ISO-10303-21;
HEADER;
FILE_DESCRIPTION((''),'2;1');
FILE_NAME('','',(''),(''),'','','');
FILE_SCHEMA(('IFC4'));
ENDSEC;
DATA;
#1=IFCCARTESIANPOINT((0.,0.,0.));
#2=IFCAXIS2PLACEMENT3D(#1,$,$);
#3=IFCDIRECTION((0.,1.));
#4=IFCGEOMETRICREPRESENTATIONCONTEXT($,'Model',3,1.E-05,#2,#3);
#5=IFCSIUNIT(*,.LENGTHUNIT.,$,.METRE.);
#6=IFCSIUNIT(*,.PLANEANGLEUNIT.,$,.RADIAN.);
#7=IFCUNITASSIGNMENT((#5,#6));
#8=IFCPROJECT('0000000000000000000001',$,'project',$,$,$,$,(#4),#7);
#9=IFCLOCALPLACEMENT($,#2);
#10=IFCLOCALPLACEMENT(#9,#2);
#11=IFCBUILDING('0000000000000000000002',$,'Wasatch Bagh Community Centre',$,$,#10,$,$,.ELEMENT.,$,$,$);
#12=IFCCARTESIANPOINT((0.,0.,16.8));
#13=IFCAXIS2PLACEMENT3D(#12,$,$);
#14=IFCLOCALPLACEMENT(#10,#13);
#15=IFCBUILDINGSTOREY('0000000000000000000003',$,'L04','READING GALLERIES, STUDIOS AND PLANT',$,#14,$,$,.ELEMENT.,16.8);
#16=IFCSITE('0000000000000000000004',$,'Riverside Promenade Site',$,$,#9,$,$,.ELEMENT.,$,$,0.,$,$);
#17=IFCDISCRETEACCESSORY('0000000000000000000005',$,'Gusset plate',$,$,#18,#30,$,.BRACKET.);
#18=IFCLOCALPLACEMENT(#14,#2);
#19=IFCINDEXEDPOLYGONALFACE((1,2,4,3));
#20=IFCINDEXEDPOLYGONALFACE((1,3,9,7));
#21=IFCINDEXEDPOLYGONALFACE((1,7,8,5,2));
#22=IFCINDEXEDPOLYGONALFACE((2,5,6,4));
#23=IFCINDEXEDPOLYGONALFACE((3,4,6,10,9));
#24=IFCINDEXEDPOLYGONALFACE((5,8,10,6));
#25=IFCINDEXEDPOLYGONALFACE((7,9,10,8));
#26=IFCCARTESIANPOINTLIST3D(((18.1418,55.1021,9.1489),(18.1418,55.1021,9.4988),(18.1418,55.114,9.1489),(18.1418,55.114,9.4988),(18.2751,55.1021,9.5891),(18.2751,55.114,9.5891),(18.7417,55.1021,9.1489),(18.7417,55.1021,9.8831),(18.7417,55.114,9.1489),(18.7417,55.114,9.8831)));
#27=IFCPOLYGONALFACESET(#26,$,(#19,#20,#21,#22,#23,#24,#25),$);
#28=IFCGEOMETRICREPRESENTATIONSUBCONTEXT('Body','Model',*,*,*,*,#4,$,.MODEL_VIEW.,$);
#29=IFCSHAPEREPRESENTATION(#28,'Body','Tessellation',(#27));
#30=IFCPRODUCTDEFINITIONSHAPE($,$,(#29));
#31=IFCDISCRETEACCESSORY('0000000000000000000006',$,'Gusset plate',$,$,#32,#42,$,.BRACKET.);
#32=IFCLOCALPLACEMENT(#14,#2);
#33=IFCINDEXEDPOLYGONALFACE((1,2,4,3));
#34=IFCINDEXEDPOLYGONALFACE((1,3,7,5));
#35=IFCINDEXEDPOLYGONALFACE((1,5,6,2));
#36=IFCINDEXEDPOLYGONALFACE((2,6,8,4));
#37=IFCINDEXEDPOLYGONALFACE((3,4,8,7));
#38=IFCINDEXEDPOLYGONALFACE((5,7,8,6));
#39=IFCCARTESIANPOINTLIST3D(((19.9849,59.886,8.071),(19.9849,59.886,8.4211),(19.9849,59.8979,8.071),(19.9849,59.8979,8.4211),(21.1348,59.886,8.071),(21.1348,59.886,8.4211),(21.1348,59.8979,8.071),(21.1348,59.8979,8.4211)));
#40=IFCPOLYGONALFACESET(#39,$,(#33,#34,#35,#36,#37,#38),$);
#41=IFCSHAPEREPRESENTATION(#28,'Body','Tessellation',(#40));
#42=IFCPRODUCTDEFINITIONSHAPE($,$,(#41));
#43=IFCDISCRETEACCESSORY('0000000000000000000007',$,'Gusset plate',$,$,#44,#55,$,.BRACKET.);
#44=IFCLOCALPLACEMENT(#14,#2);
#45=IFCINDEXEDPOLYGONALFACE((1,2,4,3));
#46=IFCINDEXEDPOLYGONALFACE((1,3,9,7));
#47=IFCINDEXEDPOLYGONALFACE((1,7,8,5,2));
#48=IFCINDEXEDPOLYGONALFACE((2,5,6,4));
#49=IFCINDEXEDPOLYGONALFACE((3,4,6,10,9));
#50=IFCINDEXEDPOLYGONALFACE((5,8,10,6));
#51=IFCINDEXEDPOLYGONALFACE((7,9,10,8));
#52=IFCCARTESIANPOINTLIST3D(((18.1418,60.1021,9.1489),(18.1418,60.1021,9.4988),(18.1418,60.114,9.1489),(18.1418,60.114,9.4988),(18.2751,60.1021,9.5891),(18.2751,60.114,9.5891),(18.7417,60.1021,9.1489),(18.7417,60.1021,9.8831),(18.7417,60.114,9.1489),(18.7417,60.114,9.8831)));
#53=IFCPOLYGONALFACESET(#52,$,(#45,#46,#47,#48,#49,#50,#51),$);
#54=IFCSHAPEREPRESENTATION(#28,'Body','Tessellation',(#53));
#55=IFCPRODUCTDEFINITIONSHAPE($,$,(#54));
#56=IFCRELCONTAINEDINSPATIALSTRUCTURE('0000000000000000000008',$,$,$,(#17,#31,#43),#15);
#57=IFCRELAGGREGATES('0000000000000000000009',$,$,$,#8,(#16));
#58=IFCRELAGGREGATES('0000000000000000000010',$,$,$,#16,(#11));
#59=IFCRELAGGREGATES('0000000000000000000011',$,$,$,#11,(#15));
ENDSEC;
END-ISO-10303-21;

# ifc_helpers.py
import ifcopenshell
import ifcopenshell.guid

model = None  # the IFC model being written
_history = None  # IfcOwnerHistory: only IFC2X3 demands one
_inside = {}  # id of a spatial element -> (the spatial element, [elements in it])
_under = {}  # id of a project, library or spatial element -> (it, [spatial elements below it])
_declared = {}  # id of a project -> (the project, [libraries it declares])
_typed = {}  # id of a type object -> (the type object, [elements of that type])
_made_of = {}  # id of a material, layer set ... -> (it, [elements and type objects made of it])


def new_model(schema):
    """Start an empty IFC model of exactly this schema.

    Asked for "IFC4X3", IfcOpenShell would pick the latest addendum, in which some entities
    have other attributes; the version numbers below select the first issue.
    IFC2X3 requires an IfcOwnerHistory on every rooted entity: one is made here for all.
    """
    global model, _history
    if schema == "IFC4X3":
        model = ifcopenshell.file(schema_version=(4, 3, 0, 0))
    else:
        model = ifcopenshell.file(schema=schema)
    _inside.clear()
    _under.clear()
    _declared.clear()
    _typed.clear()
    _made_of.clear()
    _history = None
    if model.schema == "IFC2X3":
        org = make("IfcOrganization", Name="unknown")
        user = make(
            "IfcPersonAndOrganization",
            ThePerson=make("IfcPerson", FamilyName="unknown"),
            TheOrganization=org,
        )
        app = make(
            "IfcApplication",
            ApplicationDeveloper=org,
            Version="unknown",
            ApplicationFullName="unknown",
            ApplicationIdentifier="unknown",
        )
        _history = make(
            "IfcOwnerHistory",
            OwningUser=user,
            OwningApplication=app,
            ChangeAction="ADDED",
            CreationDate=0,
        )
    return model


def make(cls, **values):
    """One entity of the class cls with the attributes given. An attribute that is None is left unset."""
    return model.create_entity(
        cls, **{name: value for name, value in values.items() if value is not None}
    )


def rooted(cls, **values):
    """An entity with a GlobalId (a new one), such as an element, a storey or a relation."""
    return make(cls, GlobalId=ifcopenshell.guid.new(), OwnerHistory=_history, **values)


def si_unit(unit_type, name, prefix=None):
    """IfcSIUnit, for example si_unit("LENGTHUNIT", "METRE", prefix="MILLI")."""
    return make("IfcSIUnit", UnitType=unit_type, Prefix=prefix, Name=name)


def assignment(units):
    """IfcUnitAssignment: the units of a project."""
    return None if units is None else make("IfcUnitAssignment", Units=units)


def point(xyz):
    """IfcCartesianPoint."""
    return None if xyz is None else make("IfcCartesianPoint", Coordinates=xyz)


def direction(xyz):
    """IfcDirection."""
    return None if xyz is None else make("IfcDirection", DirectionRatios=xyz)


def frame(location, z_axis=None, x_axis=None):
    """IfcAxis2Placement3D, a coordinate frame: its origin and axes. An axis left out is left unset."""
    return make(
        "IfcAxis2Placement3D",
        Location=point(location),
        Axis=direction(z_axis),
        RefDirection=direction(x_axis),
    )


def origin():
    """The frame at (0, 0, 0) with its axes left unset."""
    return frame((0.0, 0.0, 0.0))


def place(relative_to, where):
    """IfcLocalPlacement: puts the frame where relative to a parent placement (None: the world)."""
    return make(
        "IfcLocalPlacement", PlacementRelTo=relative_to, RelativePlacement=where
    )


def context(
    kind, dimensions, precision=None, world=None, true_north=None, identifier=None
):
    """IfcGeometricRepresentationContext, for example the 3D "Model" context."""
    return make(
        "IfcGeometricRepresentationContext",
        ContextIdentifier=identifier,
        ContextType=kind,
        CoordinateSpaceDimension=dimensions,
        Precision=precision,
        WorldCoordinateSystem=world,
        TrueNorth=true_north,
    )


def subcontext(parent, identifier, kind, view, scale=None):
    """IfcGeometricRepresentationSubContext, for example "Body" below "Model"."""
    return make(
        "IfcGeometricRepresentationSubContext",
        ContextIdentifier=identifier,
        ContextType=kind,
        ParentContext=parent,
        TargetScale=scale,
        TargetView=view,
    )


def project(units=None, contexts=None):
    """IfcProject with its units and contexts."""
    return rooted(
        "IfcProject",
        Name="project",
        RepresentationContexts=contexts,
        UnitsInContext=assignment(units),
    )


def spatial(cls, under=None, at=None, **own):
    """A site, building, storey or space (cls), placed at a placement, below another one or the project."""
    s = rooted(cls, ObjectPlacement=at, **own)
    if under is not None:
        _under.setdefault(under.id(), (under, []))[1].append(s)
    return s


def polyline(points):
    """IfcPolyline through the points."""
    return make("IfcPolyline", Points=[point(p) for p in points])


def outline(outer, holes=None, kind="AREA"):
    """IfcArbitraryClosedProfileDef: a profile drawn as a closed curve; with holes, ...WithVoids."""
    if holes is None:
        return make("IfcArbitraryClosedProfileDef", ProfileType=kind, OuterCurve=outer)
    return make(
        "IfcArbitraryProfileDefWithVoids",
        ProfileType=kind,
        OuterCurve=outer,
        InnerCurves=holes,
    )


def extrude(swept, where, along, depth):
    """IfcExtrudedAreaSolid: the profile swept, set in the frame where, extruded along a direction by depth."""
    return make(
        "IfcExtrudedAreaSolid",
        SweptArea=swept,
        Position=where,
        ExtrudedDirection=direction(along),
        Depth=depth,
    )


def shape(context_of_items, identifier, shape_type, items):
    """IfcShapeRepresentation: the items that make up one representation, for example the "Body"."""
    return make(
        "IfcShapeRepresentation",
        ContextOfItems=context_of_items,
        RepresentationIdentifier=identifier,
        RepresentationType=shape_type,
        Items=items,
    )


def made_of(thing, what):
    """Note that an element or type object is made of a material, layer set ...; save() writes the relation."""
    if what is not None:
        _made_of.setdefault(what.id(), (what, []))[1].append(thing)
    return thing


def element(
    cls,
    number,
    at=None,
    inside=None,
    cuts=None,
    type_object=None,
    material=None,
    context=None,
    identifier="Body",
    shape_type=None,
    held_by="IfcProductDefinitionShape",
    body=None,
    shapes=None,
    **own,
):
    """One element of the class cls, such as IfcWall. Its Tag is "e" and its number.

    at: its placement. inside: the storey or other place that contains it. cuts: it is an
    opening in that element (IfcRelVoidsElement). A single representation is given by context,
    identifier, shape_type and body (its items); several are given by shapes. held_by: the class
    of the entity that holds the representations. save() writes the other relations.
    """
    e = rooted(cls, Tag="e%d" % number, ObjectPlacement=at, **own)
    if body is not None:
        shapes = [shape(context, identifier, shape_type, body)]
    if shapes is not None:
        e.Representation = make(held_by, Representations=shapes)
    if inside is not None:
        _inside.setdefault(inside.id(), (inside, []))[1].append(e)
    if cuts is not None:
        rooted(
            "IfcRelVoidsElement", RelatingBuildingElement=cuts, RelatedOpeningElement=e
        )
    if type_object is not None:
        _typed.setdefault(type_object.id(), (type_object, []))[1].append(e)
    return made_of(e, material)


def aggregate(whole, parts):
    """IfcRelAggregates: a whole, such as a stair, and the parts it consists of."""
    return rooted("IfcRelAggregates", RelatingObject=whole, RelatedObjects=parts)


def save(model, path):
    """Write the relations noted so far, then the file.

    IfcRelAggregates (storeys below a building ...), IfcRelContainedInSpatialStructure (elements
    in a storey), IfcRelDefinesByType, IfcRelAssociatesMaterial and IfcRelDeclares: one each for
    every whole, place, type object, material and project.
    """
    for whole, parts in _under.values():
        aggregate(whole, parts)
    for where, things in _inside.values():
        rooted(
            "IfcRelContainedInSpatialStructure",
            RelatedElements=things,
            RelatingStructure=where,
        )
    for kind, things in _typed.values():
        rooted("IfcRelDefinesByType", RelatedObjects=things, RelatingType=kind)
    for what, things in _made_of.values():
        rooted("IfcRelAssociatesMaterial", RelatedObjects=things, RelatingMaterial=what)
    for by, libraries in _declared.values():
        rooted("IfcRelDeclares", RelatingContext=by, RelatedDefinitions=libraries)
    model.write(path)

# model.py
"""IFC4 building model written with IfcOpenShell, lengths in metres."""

from ifc_helpers import new_model, si_unit, direction, frame, origin, place, context, subcontext, project, spatial, polyline, outline, extrude, element, save


model = new_model("IFC4")

# Units and contexts
model_context = context("Model", 3, precision=1e-05, world=origin(), true_north=direction((0.0, 1.0)))
body_context = subcontext(model_context, "Body", "Model", "MODEL_VIEW")
ifc_project = project(units=[si_unit("LENGTHUNIT", "METRE"), si_unit("PLANEANGLEUNIT", "RADIAN")], contexts=[model_context])

# Site, building, storey
site_placement = place(None, origin())
site = spatial("IfcSite", under=ifc_project, at=site_placement, Name="Riverside Promenade Site", CompositionType="ELEMENT", RefElevation=0.0)
building_placement = place(site_placement, origin())
building = spatial("IfcBuilding", under=site, at=building_placement, Name="Wasatch Bagh Community Centre", CompositionType="ELEMENT")
storey_placement = place(building_placement, frame((0.0, 0.0, 16.8)))
storey = spatial("IfcBuildingStorey", under=building, at=storey_placement, Name="L04", Description="READING GALLERIES, STUDIOS AND PLANT", CompositionType="ELEMENT", Elevation=16.8)

# Discrete accessories
discrete_accessory_1_placement = place(storey_placement, frame((18.1418, 55.114, 9.4988), z_axis=(0.0, 1.0, 0.0), x_axis=(0.827828, 0.0, 0.560982)))
element("IfcDiscreteAccessory", 1, at=discrete_accessory_1_placement, inside=storey, Name="Gusset plate", PredefinedType="BRACKET", context=body_context, shape_type="SweptSolid", body=[
    extrude(outline(polyline([(0.0, 0.0), (0.161, 0.0), (0.7121, 0.0184), (0.3003, 0.6261), (-0.1963, 0.2896), (0.0, 0.0)])), origin(), (0.0, 0.0, -1.0), 0.012),
])
discrete_accessory_2_placement = place(storey_placement, frame((19.9849, 59.886, 8.071), z_axis=(0.0, -1.0, 0.0), x_axis=(1.0, 0.0, 0.0)))
element("IfcDiscreteAccessory", 2, at=discrete_accessory_2_placement, inside=storey, Name="Gusset plate", PredefinedType="BRACKET", context=body_context, shape_type="SweptSolid", body=[
    extrude(outline(polyline([(0.0, 0.0), (1.1499, 0.0), (1.1499, 0.3501), (0.0, 0.3501), (0.0, 0.0)])), origin(), (0.0, 0.0, -1.0), 0.012),
])
discrete_accessory_3_placement = place(storey_placement, frame((18.1418, 60.114, 9.4988), z_axis=(0.0, 1.0, 0.0), x_axis=(0.827828, 0.0, 0.560982)))
element("IfcDiscreteAccessory", 3, at=discrete_accessory_3_placement, inside=storey, Name="Gusset plate", PredefinedType="BRACKET", context=body_context, shape_type="SweptSolid", body=[
    extrude(outline(polyline([(0.0, 0.0), (0.161, 0.0), (0.7121, 0.0184), (0.3003, 0.6261), (-0.1963, 0.2896), (0.0, 0.0)])), origin(), (0.0, 0.0, -1.0), 0.012),
])

save(model, "model.ifc")
